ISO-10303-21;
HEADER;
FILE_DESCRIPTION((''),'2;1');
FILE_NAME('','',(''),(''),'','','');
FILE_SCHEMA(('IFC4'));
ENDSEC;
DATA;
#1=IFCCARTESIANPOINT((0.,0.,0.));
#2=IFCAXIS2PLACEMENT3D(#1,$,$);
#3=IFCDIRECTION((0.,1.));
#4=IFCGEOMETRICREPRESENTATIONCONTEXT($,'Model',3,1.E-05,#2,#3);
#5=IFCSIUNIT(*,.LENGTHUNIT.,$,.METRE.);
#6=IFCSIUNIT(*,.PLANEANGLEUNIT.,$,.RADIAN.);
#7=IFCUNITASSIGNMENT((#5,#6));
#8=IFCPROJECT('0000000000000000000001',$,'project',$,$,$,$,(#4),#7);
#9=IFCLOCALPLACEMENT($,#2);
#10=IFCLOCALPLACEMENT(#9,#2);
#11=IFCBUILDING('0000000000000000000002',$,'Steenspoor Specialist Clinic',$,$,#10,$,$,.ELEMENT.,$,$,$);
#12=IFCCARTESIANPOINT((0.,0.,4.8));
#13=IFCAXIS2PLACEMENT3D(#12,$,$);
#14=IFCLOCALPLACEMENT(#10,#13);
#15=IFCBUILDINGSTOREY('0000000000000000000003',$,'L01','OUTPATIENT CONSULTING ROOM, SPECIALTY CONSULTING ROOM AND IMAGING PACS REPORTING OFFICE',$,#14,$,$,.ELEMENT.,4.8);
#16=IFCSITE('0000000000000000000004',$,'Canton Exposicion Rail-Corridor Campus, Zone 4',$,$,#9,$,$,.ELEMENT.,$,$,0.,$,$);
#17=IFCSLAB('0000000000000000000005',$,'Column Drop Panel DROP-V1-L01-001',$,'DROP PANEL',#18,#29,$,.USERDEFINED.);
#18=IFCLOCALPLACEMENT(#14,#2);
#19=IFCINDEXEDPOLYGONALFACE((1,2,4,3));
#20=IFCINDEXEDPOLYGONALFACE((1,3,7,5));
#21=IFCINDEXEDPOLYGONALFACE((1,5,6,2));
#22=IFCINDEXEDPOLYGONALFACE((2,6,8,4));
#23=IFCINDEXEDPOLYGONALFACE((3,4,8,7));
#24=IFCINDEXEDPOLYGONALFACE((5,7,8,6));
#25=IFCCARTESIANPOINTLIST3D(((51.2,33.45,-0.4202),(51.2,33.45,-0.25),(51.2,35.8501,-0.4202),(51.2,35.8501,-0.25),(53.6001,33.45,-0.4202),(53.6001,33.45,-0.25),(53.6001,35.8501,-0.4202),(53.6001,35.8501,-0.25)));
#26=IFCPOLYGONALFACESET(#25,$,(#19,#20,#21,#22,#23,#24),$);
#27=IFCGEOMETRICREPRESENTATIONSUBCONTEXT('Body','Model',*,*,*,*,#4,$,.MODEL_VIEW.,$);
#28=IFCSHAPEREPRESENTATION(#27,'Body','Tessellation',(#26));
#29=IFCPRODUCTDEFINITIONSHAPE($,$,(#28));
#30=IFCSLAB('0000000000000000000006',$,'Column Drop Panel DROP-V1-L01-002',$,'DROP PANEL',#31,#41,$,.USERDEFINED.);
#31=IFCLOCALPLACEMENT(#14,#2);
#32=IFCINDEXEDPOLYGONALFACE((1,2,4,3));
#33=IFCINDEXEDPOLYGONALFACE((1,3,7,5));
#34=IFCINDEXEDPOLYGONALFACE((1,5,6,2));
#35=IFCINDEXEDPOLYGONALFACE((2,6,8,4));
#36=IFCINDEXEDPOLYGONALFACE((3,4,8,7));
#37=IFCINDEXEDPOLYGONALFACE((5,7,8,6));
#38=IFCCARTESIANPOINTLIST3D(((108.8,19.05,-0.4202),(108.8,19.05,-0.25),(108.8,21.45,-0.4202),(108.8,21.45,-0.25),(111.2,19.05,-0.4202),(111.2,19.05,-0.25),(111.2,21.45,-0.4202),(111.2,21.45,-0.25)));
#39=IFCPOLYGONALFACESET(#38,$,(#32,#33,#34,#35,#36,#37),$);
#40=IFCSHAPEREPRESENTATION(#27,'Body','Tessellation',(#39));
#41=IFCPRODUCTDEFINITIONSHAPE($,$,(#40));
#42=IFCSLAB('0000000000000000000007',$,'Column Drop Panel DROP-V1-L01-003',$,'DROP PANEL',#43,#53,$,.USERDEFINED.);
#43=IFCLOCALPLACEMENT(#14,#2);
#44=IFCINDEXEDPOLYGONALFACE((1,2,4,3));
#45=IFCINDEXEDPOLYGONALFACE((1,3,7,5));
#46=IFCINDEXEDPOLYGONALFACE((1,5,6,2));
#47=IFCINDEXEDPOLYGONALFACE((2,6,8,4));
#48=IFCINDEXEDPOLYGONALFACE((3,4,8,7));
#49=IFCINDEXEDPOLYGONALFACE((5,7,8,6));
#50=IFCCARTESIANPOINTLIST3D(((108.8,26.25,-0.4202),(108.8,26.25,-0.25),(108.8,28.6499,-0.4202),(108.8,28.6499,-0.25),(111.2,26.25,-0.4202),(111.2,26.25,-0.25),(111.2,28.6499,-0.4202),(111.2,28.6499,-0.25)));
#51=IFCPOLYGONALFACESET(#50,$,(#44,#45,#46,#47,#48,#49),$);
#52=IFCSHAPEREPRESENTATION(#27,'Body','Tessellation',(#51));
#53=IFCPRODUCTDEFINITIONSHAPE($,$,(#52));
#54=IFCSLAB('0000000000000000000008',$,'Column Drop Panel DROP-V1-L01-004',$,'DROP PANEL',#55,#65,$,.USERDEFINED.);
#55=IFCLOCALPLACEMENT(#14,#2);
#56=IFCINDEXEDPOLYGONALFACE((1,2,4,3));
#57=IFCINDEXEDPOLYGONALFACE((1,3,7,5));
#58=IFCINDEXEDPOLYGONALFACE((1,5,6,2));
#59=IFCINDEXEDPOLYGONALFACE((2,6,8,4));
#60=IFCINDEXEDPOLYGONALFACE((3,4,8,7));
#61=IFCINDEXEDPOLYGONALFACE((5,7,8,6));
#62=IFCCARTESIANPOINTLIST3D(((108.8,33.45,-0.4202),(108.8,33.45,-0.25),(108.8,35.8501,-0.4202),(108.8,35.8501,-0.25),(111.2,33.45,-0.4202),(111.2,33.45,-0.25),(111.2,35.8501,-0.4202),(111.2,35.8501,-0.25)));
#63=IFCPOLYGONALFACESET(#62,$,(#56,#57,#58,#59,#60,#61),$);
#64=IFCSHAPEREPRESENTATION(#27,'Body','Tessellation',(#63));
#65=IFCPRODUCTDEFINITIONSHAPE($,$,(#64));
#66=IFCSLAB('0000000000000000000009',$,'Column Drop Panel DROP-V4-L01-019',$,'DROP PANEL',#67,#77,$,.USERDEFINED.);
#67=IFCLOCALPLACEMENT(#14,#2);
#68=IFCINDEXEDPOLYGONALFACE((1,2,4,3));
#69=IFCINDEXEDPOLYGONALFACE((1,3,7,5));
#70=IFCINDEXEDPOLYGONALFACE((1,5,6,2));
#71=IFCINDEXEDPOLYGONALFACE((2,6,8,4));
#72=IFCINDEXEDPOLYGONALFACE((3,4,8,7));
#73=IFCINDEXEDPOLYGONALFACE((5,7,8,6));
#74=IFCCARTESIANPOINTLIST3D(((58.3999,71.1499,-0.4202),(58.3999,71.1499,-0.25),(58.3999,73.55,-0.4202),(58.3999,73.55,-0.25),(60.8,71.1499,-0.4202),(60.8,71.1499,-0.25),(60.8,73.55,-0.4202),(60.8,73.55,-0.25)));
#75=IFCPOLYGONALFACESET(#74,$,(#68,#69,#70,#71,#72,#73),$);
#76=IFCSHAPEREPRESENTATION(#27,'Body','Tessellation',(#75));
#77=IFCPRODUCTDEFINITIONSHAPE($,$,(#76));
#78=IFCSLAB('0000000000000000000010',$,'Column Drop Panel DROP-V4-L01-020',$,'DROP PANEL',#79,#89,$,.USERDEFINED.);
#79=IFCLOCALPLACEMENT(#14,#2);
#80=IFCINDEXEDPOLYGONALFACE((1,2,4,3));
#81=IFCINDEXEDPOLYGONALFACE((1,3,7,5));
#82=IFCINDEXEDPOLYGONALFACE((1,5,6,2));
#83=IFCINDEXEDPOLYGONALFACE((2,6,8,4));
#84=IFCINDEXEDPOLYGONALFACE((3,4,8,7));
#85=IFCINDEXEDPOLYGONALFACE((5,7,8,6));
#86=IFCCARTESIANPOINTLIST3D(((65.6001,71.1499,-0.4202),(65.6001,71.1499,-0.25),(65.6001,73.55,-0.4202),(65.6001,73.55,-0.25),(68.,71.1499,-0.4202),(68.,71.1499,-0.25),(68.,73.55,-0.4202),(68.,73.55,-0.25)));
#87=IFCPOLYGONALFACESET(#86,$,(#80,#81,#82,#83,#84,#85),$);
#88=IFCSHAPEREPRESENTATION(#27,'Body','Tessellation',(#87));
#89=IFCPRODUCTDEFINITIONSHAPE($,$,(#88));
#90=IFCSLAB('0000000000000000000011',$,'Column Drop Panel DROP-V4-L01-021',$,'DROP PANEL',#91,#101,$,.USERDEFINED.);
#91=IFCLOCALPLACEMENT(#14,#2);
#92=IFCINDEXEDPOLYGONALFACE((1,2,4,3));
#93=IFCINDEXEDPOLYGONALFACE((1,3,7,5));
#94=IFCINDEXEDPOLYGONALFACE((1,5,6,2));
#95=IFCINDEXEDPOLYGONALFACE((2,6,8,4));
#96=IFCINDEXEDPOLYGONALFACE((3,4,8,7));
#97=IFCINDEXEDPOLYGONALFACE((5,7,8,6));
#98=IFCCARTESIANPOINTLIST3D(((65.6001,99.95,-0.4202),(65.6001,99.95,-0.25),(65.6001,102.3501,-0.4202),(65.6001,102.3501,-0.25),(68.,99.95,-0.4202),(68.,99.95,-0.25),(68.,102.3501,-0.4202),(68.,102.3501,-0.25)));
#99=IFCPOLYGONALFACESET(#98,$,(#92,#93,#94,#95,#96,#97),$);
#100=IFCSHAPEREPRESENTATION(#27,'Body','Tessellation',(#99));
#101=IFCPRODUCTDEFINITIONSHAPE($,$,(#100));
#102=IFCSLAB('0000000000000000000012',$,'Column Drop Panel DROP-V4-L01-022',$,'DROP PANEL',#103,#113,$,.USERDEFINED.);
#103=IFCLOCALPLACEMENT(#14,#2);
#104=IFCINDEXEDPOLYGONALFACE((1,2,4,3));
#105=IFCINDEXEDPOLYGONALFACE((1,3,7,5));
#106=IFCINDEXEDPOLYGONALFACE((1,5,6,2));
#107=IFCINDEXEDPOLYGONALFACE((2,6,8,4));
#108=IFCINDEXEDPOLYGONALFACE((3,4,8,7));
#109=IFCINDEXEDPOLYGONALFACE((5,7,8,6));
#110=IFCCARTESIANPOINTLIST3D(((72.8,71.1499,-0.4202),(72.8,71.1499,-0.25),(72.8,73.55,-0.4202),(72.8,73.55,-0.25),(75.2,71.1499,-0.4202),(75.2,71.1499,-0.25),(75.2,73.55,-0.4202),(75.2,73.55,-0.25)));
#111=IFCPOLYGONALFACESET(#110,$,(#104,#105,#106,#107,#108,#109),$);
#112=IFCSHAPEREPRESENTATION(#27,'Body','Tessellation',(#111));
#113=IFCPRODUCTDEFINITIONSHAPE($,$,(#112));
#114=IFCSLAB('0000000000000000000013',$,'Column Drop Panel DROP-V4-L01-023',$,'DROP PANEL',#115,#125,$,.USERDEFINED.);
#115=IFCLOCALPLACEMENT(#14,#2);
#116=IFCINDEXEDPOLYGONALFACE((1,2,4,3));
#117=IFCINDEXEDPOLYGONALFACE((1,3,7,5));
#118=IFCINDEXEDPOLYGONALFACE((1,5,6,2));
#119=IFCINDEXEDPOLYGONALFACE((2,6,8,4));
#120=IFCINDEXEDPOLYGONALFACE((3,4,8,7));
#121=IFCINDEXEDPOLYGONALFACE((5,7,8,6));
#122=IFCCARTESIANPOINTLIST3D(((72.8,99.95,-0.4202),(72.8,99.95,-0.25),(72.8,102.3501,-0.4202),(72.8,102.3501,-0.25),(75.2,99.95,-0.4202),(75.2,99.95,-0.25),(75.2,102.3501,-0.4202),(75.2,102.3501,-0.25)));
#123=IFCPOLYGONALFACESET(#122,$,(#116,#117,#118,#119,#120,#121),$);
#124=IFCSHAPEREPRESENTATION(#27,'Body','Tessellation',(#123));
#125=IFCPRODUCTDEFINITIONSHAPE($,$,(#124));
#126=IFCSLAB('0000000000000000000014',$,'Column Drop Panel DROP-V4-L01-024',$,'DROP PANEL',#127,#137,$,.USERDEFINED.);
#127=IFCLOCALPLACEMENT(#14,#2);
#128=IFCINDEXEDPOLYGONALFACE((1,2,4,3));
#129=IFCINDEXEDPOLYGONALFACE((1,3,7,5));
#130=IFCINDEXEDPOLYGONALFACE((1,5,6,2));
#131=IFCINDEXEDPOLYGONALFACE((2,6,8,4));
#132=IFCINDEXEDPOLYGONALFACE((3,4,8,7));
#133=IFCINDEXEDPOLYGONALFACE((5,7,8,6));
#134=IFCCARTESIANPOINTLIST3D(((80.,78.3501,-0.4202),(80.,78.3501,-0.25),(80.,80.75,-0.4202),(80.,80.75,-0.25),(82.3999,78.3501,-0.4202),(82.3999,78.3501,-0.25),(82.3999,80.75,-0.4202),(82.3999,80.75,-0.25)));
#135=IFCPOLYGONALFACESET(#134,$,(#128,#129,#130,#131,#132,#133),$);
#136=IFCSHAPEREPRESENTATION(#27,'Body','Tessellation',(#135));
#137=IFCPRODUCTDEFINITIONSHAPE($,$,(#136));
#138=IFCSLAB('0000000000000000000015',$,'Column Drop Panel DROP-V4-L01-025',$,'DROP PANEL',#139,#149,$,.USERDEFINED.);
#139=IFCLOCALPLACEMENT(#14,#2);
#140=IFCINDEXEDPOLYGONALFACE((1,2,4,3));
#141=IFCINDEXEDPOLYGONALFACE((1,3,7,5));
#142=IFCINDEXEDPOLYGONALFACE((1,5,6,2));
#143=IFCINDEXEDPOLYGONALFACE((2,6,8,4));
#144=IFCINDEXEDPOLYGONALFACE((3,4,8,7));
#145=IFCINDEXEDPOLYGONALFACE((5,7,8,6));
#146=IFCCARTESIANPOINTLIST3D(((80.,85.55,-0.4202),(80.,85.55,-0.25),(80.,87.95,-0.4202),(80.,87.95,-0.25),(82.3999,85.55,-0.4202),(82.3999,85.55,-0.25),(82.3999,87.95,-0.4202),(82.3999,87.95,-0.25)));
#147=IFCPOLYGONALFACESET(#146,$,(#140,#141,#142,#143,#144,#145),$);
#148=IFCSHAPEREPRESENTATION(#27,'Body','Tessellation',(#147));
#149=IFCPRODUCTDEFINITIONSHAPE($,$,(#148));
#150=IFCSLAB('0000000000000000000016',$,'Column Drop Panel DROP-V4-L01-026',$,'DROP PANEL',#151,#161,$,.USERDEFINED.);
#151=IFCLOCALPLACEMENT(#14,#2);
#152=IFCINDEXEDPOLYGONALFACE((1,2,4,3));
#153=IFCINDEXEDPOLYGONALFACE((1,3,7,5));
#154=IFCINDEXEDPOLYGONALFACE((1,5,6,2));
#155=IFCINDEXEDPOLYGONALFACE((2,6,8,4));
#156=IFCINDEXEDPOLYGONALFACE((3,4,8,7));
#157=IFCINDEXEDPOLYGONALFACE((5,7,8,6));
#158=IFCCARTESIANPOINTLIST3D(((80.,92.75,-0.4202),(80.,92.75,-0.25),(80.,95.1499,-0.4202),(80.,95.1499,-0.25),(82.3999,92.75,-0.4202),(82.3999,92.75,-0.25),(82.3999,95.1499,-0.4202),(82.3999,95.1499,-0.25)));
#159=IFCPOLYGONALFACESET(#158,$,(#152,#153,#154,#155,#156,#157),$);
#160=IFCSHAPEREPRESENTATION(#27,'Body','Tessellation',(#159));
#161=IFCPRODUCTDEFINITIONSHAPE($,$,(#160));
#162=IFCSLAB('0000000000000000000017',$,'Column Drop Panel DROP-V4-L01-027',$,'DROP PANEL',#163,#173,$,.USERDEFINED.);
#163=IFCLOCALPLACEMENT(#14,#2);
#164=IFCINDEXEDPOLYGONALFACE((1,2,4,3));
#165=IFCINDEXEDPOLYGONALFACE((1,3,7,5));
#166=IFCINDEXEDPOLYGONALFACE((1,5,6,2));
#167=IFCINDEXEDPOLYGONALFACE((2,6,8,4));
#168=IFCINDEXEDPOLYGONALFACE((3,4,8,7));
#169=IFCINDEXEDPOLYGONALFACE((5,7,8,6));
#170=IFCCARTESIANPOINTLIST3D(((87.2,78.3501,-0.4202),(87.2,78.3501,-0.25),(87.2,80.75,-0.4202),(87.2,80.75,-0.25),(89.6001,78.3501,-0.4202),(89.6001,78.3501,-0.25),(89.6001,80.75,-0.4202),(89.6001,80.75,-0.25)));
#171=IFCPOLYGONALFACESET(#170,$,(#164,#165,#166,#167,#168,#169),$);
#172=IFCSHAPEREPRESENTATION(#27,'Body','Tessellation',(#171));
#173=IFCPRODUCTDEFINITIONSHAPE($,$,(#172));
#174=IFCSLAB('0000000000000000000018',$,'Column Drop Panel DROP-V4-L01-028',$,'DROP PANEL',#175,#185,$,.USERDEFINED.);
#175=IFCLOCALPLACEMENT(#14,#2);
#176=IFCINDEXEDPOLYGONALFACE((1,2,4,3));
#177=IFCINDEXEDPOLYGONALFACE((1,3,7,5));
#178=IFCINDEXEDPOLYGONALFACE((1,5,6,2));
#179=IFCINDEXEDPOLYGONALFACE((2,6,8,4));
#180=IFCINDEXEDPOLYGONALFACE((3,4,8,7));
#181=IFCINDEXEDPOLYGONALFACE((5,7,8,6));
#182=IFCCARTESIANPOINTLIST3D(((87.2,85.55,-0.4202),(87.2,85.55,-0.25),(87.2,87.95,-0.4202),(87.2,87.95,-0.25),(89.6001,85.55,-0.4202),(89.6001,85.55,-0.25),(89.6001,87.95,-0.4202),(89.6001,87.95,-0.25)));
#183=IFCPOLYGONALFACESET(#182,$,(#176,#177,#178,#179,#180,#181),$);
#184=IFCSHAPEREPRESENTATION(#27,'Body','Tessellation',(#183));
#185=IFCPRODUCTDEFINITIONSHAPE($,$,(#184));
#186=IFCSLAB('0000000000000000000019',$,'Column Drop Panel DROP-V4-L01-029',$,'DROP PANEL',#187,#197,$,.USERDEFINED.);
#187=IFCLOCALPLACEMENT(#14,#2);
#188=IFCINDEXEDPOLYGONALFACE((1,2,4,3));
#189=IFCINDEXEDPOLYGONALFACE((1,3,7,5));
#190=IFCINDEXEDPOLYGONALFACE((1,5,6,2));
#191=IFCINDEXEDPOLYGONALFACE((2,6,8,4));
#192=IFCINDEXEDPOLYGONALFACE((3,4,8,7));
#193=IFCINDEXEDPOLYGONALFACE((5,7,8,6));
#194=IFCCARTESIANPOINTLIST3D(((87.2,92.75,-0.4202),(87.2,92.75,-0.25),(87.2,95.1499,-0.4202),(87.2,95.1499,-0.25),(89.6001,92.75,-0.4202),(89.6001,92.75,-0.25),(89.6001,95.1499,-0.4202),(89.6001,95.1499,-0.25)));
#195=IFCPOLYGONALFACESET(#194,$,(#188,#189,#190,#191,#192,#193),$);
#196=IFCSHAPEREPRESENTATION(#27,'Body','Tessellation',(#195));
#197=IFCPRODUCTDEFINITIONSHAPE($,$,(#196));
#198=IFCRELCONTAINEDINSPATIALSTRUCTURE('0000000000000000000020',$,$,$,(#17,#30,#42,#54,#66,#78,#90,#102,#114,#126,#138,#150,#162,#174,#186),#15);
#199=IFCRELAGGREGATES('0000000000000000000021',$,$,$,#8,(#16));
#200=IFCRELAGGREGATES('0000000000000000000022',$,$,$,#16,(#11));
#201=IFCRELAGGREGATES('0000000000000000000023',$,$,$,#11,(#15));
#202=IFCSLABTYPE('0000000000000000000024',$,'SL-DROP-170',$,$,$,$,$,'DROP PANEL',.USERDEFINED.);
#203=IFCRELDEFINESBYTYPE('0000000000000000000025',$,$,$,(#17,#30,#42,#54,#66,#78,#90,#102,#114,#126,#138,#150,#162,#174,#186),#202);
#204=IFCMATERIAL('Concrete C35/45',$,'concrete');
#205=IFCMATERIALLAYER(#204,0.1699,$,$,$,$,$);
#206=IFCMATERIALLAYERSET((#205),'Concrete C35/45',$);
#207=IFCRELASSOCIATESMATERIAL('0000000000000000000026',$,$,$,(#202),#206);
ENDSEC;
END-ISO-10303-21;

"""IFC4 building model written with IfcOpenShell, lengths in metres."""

from ifc_helpers import new_model, si_unit, direction, frame, origin, place, context, subcontext, project, spatial, polyline, outline, extrude, material, layer, layer_set, type_object, element, save


model = new_model("IFC4")

# Units and contexts
model_context = context("Model", 3, precision=1e-05, world=origin(), true_north=direction((0.0, 1.0)))
body_context = subcontext(model_context, "Body", "Model", "MODEL_VIEW")
ifc_project = project(units=[si_unit("LENGTHUNIT", "METRE"), si_unit("PLANEANGLEUNIT", "RADIAN")], contexts=[model_context])

# Site, building, storey
site_placement = place(None, origin())
site = spatial("IfcSite", under=ifc_project, at=site_placement, Name="Canton Exposicion Rail-Corridor Campus, Zone 4", CompositionType="ELEMENT", RefElevation=0.0)
building_placement = place(site_placement, origin())
building = spatial("IfcBuilding", under=site, at=building_placement, Name="Steenspoor Specialist Clinic", CompositionType="ELEMENT")
storey_placement = place(building_placement, frame((0.0, 0.0, 4.8)))
storey = spatial("IfcBuildingStorey", under=building, at=storey_placement, Name="L01", Description="OUTPATIENT CONSULTING ROOM, SPECIALTY CONSULTING ROOM AND IMAGING PACS REPORTING OFFICE", CompositionType="ELEMENT", Elevation=4.8)

# Slabs
ifc_material = material(Name="Concrete C35/45", Category="concrete")
ifc_layer = layer(ifc_material, 0.1699)
ifc_layer_set = layer_set([ifc_layer], Name="Concrete C35/45")
slab_type = type_object("IfcSlabType", Name="SL-DROP-170", ElementType="DROP PANEL", PredefinedType="USERDEFINED", material=ifc_layer_set)
slab_1_placement = place(storey_placement, frame((0.0, 0.0, -0.4202)))
element("IfcSlab", 1, at=slab_1_placement, inside=storey, type_object=slab_type, Name="Column Drop Panel DROP-V1-L01-001", ObjectType="DROP PANEL", PredefinedType="USERDEFINED", context=body_context, shape_type="SweptSolid", body=[
    extrude(outline(polyline([(53.6001, 33.45), (53.6001, 35.8501), (51.2, 35.8501), (51.2, 33.45), (53.6001, 33.45)])), origin(), (0.0, 0.0, 1.0), 0.1702),
])
slab_2_placement = place(storey_placement, frame((0.0, 0.0, -0.4202)))
element("IfcSlab", 2, at=slab_2_placement, inside=storey, type_object=slab_type, Name="Column Drop Panel DROP-V1-L01-002", ObjectType="DROP PANEL", PredefinedType="USERDEFINED", context=body_context, shape_type="SweptSolid", body=[
    extrude(outline(polyline([(111.2, 19.05), (111.2, 21.45), (108.8, 21.45), (108.8, 19.05), (111.2, 19.05)])), origin(), (0.0, 0.0, 1.0), 0.1702),
])
slab_3_placement = place(storey_placement, frame((0.0, 0.0, -0.4202)))
element("IfcSlab", 3, at=slab_3_placement, inside=storey, type_object=slab_type, Name="Column Drop Panel DROP-V1-L01-003", ObjectType="DROP PANEL", PredefinedType="USERDEFINED", context=body_context, shape_type="SweptSolid", body=[
    extrude(outline(polyline([(111.2, 26.25), (111.2, 28.6499), (108.8, 28.6499), (108.8, 26.25), (111.2, 26.25)])), origin(), (0.0, 0.0, 1.0), 0.1702),
])
slab_4_placement = place(storey_placement, frame((0.0, 0.0, -0.4202)))
element("IfcSlab", 4, at=slab_4_placement, inside=storey, type_object=slab_type, Name="Column Drop Panel DROP-V1-L01-004", ObjectType="DROP PANEL", PredefinedType="USERDEFINED", context=body_context, shape_type="SweptSolid", body=[
    extrude(outline(polyline([(111.2, 33.45), (111.2, 35.8501), (108.8, 35.8501), (108.8, 33.45), (111.2, 33.45)])), origin(), (0.0, 0.0, 1.0), 0.1702),
])
slab_5_placement = place(storey_placement, frame((0.0, 0.0, -0.4202)))
element("IfcSlab", 5, at=slab_5_placement, inside=storey, type_object=slab_type, Name="Column Drop Panel DROP-V4-L01-019", ObjectType="DROP PANEL", PredefinedType="USERDEFINED", context=body_context, shape_type="SweptSolid", body=[
    extrude(outline(polyline([(60.8, 71.1499), (60.8, 73.55), (58.3999, 73.55), (58.3999, 71.1499), (60.8, 71.1499)])), origin(), (0.0, 0.0, 1.0), 0.1702),
])
slab_6_placement = place(storey_placement, frame((0.0, 0.0, -0.4202)))
element("IfcSlab", 6, at=slab_6_placement, inside=storey, type_object=slab_type, Name="Column Drop Panel DROP-V4-L01-020", ObjectType="DROP PANEL", PredefinedType="USERDEFINED", context=body_context, shape_type="SweptSolid", body=[
    extrude(outline(polyline([(68.0, 71.1499), (68.0, 73.55), (65.6001, 73.55), (65.6001, 71.1499), (68.0, 71.1499)])), origin(), (0.0, 0.0, 1.0), 0.1702),
])
slab_7_placement = place(storey_placement, frame((0.0, 0.0, -0.4202)))
element("IfcSlab", 7, at=slab_7_placement, inside=storey, type_object=slab_type, Name="Column Drop Panel DROP-V4-L01-021", ObjectType="DROP PANEL", PredefinedType="USERDEFINED", context=body_context, shape_type="SweptSolid", body=[
    extrude(outline(polyline([(68.0, 99.95), (68.0, 102.3501), (65.6001, 102.3501), (65.6001, 99.95), (68.0, 99.95)])), origin(), (0.0, 0.0, 1.0), 0.1702),
])
slab_8_placement = place(storey_placement, frame((0.0, 0.0, -0.4202)))
element("IfcSlab", 8, at=slab_8_placement, inside=storey, type_object=slab_type, Name="Column Drop Panel DROP-V4-L01-022", ObjectType="DROP PANEL", PredefinedType="USERDEFINED", context=body_context, shape_type="SweptSolid", body=[
    extrude(outline(polyline([(75.2, 71.1499), (75.2, 73.55), (72.8, 73.55), (72.8, 71.1499), (75.2, 71.1499)])), origin(), (0.0, 0.0, 1.0), 0.1702),
])
slab_9_placement = place(storey_placement, frame((0.0, 0.0, -0.4202)))
element("IfcSlab", 9, at=slab_9_placement, inside=storey, type_object=slab_type, Name="Column Drop Panel DROP-V4-L01-023", ObjectType="DROP PANEL", PredefinedType="USERDEFINED", context=body_context, shape_type="SweptSolid", body=[
    extrude(outline(polyline([(75.2, 99.95), (75.2, 102.3501), (72.8, 102.3501), (72.8, 99.95), (75.2, 99.95)])), origin(), (0.0, 0.0, 1.0), 0.1702),
])
slab_10_placement = place(storey_placement, frame((0.0, 0.0, -0.4202)))
element("IfcSlab", 10, at=slab_10_placement, inside=storey, type_object=slab_type, Name="Column Drop Panel DROP-V4-L01-024", ObjectType="DROP PANEL", PredefinedType="USERDEFINED", context=body_context, shape_type="SweptSolid", body=[
    extrude(outline(polyline([(82.3999, 78.3501), (82.3999, 80.75), (80.0, 80.75), (80.0, 78.3501), (82.3999, 78.3501)])), origin(), (0.0, 0.0, 1.0), 0.1702),
])
slab_11_placement = place(storey_placement, frame((0.0, 0.0, -0.4202)))
element("IfcSlab", 11, at=slab_11_placement, inside=storey, type_object=slab_type, Name="Column Drop Panel DROP-V4-L01-025", ObjectType="DROP PANEL", PredefinedType="USERDEFINED", context=body_context, shape_type="SweptSolid", body=[
    extrude(outline(polyline([(82.3999, 85.55), (82.3999, 87.95), (80.0, 87.95), (80.0, 85.55), (82.3999, 85.55)])), origin(), (0.0, 0.0, 1.0), 0.1702),
])
slab_12_placement = place(storey_placement, frame((0.0, 0.0, -0.4202)))
element("IfcSlab", 12, at=slab_12_placement, inside=storey, type_object=slab_type, Name="Column Drop Panel DROP-V4-L01-026", ObjectType="DROP PANEL", PredefinedType="USERDEFINED", context=body_context, shape_type="SweptSolid", body=[
    extrude(outline(polyline([(82.3999, 92.75), (82.3999, 95.1499), (80.0, 95.1499), (80.0, 92.75), (82.3999, 92.75)])), origin(), (0.0, 0.0, 1.0), 0.1702),
])
slab_13_placement = place(storey_placement, frame((0.0, 0.0, -0.4202)))
element("IfcSlab", 13, at=slab_13_placement, inside=storey, type_object=slab_type, Name="Column Drop Panel DROP-V4-L01-027", ObjectType="DROP PANEL", PredefinedType="USERDEFINED", context=body_context, shape_type="SweptSolid", body=[
    extrude(outline(polyline([(89.6001, 78.3501), (89.6001, 80.75), (87.2, 80.75), (87.2, 78.3501), (89.6001, 78.3501)])), origin(), (0.0, 0.0, 1.0), 0.1702),
])
slab_14_placement = place(storey_placement, frame((0.0, 0.0, -0.4202)))
element("IfcSlab", 14, at=slab_14_placement, inside=storey, type_object=slab_type, Name="Column Drop Panel DROP-V4-L01-028", ObjectType="DROP PANEL", PredefinedType="USERDEFINED", context=body_context, shape_type="SweptSolid", body=[
    extrude(outline(polyline([(89.6001, 85.55), (89.6001, 87.95), (87.2, 87.95), (87.2, 85.55), (89.6001, 85.55)])), origin(), (0.0, 0.0, 1.0), 0.1702),
])
slab_15_placement = place(storey_placement, frame((0.0, 0.0, -0.4202)))
element("IfcSlab", 15, at=slab_15_placement, inside=storey, type_object=slab_type, Name="Column Drop Panel DROP-V4-L01-029", ObjectType="DROP PANEL", PredefinedType="USERDEFINED", context=body_context, shape_type="SweptSolid", body=[
    extrude(outline(polyline([(89.6001, 92.75), (89.6001, 95.1499), (87.2, 95.1499), (87.2, 92.75), (89.6001, 92.75)])), origin(), (0.0, 0.0, 1.0), 0.1702),
])

save(model, "model.ifc")
